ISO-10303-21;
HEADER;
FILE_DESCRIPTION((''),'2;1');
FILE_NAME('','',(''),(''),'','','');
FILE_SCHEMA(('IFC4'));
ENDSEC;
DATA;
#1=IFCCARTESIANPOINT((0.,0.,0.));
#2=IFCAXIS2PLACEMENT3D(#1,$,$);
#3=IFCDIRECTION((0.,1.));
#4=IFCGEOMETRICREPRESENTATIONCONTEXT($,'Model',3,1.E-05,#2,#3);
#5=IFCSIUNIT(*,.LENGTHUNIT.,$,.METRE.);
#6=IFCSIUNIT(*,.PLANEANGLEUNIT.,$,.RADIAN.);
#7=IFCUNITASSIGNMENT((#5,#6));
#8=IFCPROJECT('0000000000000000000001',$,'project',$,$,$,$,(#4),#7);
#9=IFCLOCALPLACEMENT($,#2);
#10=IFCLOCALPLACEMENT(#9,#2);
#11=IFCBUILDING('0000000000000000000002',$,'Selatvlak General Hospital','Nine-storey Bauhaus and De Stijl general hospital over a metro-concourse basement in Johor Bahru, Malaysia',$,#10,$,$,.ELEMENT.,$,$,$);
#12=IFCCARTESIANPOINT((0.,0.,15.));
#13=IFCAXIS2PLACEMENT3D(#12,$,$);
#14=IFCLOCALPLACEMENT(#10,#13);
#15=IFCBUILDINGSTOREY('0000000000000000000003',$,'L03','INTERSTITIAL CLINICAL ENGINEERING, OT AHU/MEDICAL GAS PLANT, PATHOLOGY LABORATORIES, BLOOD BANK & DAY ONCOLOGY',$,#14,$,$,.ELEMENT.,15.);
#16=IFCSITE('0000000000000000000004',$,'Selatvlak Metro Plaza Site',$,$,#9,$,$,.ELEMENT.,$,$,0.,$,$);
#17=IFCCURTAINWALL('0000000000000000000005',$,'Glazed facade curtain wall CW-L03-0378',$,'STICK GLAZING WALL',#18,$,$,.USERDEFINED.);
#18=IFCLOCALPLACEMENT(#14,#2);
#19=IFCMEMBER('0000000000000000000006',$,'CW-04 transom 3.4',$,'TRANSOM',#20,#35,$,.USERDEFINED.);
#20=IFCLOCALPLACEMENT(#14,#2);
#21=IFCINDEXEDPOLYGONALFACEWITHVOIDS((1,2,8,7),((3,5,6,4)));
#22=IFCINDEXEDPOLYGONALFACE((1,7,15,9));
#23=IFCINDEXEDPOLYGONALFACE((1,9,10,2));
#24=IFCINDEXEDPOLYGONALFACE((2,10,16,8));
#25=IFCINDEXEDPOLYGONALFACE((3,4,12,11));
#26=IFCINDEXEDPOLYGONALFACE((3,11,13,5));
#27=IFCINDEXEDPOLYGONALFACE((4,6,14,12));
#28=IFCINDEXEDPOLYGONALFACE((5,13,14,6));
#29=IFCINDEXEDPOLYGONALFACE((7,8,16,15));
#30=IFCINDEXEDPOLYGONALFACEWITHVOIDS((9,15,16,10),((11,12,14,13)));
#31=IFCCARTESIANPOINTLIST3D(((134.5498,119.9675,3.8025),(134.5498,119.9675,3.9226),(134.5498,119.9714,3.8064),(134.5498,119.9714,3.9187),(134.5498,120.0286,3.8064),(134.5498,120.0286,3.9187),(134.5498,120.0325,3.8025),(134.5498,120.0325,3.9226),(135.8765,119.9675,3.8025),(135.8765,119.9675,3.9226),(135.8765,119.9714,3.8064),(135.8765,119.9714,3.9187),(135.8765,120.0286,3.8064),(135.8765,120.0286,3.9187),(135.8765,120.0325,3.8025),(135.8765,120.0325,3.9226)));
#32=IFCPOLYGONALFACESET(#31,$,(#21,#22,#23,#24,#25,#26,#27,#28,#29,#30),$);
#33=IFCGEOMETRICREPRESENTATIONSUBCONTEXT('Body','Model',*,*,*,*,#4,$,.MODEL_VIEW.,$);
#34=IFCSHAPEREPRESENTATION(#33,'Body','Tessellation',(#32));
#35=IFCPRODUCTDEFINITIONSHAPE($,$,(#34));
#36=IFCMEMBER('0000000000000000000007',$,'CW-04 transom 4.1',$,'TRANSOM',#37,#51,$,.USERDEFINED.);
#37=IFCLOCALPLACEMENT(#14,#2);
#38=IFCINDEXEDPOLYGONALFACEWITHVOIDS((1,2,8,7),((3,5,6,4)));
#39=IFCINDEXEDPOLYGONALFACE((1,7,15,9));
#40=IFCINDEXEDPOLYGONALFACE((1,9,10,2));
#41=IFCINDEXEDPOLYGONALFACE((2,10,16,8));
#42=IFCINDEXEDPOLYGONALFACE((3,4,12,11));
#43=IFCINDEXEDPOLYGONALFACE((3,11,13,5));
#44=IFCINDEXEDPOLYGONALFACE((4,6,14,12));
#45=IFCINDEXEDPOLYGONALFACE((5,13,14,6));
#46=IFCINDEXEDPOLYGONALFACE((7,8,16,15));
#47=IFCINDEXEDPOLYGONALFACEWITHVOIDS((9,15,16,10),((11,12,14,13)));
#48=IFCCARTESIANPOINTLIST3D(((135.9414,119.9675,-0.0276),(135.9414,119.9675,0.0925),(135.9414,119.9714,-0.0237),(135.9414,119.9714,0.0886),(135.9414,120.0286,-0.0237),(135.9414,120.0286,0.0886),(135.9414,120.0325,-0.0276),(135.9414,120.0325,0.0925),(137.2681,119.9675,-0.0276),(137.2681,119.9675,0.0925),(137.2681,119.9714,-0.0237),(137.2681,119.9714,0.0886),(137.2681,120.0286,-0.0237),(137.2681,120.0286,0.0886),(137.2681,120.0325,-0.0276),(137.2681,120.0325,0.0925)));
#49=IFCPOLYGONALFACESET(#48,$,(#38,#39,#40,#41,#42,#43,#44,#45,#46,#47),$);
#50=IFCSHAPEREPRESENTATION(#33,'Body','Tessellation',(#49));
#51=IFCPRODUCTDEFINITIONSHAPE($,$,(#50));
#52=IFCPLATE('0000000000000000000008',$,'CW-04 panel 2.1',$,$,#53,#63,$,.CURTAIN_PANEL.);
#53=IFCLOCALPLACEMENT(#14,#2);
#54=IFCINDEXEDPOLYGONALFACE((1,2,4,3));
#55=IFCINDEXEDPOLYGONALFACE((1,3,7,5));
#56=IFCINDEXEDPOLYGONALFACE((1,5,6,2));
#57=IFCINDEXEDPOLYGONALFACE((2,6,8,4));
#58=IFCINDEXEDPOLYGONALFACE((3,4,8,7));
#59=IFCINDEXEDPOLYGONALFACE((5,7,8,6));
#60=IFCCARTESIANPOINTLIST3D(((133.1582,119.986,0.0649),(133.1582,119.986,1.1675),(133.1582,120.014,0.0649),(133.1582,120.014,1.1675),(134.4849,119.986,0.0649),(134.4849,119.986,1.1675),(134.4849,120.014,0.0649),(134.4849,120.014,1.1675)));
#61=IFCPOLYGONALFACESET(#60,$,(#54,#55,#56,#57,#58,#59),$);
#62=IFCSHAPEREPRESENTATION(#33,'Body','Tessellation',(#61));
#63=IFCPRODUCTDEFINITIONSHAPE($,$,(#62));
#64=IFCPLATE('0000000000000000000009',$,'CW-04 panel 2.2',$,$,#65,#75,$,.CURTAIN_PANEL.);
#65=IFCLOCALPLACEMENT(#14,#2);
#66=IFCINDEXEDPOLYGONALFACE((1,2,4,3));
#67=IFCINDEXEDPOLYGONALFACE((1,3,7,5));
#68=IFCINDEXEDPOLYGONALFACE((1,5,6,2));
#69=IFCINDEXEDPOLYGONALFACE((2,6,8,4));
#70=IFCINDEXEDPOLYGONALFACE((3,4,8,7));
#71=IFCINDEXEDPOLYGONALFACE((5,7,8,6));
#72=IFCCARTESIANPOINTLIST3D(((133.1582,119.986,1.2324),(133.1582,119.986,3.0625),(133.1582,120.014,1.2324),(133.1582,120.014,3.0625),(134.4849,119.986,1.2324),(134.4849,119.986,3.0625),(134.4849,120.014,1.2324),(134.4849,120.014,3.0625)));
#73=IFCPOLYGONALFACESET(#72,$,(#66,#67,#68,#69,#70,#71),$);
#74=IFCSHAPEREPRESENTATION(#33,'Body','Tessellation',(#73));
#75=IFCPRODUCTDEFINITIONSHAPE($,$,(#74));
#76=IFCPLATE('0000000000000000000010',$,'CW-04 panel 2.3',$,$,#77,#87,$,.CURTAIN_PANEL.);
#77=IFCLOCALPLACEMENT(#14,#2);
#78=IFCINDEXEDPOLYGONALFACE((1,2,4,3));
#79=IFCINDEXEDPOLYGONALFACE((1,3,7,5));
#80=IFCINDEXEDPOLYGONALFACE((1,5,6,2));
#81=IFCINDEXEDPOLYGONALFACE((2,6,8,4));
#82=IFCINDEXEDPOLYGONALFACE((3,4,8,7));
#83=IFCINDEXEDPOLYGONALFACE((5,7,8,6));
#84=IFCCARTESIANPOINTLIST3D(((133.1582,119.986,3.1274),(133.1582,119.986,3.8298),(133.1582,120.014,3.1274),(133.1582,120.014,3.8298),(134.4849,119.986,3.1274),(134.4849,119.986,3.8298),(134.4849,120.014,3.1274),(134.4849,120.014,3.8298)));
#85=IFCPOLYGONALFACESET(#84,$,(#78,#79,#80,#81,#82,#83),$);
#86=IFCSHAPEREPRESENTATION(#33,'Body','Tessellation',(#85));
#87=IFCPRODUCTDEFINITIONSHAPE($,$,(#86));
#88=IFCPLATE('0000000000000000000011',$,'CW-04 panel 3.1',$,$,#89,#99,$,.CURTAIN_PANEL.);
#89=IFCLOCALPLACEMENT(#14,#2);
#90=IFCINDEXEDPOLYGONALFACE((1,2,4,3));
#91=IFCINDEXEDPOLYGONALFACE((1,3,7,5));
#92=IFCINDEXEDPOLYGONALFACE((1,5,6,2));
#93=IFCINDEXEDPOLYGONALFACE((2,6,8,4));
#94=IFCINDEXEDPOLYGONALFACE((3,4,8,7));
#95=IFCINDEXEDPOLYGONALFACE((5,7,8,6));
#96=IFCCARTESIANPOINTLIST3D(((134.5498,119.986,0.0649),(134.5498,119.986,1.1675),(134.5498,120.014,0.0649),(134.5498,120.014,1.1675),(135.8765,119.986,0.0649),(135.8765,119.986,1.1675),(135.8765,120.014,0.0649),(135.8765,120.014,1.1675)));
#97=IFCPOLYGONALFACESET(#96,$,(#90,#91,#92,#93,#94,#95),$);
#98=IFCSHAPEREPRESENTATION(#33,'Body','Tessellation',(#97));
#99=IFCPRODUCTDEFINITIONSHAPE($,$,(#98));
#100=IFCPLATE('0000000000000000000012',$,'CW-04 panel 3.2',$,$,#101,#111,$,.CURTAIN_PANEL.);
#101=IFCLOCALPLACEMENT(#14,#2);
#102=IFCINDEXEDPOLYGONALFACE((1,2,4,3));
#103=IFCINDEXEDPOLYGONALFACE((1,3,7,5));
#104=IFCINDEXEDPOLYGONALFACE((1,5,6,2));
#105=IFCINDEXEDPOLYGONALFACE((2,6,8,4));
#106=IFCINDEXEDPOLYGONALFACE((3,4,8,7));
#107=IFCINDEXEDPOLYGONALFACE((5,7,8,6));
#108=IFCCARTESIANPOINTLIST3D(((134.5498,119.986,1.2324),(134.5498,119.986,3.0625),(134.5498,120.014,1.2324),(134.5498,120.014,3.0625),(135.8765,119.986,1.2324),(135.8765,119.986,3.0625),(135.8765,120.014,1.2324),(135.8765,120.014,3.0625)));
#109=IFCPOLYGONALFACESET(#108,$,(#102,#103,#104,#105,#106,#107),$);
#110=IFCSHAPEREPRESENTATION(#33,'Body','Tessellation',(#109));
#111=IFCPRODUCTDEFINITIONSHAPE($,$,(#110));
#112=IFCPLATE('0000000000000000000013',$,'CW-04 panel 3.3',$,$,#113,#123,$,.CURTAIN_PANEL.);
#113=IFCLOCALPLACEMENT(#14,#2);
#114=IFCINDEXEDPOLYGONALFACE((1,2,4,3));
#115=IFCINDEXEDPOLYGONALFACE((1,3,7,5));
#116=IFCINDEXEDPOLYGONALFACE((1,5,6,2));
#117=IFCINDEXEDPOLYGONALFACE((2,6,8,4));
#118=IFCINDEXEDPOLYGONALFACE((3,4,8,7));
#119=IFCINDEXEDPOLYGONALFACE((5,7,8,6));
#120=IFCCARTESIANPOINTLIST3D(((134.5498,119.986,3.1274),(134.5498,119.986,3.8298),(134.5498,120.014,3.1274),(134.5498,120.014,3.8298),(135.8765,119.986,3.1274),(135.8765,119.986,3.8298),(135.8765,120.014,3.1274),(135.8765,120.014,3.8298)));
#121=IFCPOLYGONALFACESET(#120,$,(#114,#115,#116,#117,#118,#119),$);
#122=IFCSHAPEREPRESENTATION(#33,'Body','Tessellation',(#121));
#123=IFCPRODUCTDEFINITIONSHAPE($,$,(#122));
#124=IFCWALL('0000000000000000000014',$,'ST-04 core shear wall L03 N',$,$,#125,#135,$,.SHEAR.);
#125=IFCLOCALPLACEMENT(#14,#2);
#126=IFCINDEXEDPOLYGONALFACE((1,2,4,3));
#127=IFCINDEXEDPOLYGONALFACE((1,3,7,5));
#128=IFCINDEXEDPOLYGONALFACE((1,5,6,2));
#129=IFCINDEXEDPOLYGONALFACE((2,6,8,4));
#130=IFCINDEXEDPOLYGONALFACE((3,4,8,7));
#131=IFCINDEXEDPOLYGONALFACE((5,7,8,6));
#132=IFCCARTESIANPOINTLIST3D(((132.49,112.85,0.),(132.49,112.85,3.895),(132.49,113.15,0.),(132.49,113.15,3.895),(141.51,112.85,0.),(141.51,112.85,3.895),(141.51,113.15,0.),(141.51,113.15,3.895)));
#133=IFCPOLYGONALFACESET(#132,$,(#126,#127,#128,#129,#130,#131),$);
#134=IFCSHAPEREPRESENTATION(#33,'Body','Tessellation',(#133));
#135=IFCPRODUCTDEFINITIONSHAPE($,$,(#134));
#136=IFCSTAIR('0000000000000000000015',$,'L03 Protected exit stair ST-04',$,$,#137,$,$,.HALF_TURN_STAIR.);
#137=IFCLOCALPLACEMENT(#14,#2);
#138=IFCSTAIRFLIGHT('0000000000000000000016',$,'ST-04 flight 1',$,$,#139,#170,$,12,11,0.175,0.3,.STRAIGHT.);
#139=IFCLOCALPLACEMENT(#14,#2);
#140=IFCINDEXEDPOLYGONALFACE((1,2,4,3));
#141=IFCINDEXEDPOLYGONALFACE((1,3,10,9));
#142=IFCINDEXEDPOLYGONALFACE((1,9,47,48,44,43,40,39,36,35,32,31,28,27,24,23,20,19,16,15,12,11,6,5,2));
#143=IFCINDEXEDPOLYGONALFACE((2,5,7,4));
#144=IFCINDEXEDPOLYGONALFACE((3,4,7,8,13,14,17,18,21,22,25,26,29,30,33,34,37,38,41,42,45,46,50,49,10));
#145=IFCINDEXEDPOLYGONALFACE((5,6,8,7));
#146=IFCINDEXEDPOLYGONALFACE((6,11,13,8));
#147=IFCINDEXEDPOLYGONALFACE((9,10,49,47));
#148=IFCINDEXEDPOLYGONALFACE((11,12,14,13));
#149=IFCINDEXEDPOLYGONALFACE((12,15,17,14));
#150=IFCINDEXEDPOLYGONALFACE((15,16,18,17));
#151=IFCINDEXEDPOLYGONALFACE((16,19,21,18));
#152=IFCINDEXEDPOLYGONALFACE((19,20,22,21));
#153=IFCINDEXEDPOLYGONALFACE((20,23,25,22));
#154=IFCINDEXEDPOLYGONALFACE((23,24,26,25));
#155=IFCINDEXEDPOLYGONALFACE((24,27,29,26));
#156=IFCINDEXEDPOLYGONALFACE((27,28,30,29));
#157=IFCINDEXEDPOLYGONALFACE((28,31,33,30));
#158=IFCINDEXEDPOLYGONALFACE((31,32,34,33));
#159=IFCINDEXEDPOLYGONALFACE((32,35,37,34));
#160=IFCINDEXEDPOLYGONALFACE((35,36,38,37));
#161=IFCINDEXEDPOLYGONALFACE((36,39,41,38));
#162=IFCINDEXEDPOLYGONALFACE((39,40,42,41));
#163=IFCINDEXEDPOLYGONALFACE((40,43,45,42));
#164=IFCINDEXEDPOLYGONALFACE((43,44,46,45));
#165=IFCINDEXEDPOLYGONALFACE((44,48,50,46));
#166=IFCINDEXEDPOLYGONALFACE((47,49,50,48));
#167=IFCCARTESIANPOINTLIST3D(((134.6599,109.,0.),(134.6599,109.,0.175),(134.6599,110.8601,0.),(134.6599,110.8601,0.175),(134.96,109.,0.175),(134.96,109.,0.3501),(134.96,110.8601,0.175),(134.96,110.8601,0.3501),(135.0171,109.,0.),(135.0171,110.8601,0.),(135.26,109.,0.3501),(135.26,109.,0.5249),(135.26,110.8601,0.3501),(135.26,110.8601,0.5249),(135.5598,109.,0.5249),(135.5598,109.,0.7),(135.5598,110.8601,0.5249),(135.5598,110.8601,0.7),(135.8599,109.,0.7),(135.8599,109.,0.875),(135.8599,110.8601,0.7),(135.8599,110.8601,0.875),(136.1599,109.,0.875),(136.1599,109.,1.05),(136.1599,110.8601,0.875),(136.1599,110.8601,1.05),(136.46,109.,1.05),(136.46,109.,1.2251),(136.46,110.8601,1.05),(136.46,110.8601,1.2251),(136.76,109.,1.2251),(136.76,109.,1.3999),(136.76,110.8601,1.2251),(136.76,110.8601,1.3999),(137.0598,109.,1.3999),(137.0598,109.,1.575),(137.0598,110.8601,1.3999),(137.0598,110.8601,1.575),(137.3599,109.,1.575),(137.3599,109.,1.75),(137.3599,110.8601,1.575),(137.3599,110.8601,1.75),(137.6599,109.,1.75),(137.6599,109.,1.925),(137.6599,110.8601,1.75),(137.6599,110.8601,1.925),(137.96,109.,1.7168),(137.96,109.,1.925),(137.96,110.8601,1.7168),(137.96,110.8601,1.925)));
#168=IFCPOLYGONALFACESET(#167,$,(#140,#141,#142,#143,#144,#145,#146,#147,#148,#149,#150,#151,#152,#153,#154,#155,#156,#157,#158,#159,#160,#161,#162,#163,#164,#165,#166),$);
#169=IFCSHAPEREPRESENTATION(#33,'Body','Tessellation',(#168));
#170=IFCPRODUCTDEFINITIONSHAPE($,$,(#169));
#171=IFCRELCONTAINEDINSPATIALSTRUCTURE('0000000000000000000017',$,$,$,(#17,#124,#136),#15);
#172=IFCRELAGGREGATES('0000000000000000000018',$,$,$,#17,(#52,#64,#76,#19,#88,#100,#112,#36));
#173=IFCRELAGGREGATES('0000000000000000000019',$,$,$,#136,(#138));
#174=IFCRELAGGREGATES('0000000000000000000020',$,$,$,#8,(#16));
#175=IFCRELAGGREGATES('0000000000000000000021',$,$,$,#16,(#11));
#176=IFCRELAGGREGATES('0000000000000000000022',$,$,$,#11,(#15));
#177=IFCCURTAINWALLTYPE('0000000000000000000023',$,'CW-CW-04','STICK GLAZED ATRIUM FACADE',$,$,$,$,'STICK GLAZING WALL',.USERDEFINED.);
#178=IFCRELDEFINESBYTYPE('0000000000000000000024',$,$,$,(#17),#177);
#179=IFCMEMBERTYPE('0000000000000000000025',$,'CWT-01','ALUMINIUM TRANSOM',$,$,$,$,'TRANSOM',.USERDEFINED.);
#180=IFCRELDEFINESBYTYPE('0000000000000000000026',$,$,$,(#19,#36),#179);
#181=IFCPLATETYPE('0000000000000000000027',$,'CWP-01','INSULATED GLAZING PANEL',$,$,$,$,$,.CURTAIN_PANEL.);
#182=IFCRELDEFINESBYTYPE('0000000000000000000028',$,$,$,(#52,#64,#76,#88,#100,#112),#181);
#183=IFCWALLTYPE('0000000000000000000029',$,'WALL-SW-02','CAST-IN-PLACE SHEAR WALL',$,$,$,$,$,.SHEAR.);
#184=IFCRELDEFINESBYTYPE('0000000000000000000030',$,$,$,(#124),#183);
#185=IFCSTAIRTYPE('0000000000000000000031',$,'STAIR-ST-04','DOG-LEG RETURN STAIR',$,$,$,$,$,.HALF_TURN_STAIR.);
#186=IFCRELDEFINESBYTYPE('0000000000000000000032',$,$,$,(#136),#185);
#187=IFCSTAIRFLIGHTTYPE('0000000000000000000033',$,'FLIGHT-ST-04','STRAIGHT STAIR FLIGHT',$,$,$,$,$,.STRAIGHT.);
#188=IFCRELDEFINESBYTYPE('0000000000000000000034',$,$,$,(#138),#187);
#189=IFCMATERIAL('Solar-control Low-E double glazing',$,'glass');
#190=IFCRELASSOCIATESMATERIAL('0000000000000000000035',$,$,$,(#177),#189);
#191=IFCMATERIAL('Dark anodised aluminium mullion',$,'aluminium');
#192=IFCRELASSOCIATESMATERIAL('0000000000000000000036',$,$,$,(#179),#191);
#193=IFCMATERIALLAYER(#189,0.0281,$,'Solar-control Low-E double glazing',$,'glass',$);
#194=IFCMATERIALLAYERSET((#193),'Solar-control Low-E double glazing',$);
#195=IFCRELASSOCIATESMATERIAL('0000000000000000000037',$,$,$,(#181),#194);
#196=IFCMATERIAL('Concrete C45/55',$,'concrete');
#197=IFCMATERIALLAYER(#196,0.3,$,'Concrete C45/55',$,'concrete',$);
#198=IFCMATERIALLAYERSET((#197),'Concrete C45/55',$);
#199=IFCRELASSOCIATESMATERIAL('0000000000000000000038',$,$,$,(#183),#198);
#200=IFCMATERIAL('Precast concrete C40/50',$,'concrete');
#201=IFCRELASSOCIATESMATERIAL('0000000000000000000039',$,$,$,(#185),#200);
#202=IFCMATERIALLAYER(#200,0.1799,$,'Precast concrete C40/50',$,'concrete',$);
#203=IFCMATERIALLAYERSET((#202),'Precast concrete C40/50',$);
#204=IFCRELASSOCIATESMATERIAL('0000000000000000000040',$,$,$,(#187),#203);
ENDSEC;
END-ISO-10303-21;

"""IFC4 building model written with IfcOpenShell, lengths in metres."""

from ifc_helpers import new_model, si_unit, direction, frame, frame_2d, origin, origin_2d, place, context, subcontext, project, spatial, polyline, rectangle, hollow_rectangle, outline, extrude, material, layer, layer_set, material_profile, profile_set, type_object, element, aggregate, save


model = new_model("IFC4")

# Units and contexts
model_context = context("Model", 3, precision=1e-05, world=origin(), true_north=direction((0.0, 1.0)))
body_context = subcontext(model_context, "Body", "Model", "MODEL_VIEW")
ifc_project = project(units=[si_unit("LENGTHUNIT", "METRE"), si_unit("PLANEANGLEUNIT", "RADIAN")], contexts=[model_context])

# Site, building, storey
site_placement = place(None, origin())
site = spatial("IfcSite", under=ifc_project, at=site_placement, Name="Selatvlak Metro Plaza Site", CompositionType="ELEMENT", RefElevation=0.0)
building_placement = place(site_placement, origin())
building = spatial("IfcBuilding", under=site, at=building_placement, Name="Selatvlak General Hospital", Description="Nine-storey Bauhaus and De Stijl general hospital over a metro-concourse basement in Johor Bahru, Malaysia", CompositionType="ELEMENT")
storey_placement = place(building_placement, frame((0.0, 0.0, 15.0)))
storey = spatial("IfcBuildingStorey", under=building, at=storey_placement, Name="L03", Description="INTERSTITIAL CLINICAL ENGINEERING, OT AHU/MEDICAL GAS PLANT, PATHOLOGY LABORATORIES, BLOOD BANK & DAY ONCOLOGY", CompositionType="ELEMENT", Elevation=15.0)

# Curtain wall, members, plates
ifc_material_1 = material(Name="Solar-control Low-E double glazing", Category="glass")
curtain_wall_type = type_object("IfcCurtainWallType", Name="CW-CW-04", Description="STICK GLAZED ATRIUM FACADE", ElementType="STICK GLAZING WALL", PredefinedType="USERDEFINED", material=ifc_material_1)
curtain_wall_placement = place(storey_placement, origin())
curtain_wall = element("IfcCurtainWall", 1, at=curtain_wall_placement, inside=storey, type_object=curtain_wall_type, Name="Glazed facade curtain wall CW-L03-0378", ObjectType="STICK GLAZING WALL", PredefinedType="USERDEFINED")
ifc_material_2 = material(Name="Dark anodised aluminium mullion", Category="aluminium")
ifc_material_profile_1 = material_profile(ifc_material_2, hollow_rectangle(XDim=0.0649, YDim=0.1201, WallThickness=0.0039, at=origin_2d()), Name="AL-TRN 65x120x4")
ifc_profile_set_1 = profile_set([ifc_material_profile_1], Name="Dark anodised aluminium mullion")
member_type_1 = type_object("IfcMemberType", Name="CWT-01", Description="ALUMINIUM TRANSOM", ElementType="TRANSOM", PredefinedType="USERDEFINED", material=ifc_profile_set_1)
member_1_placement = place(storey_placement, frame((134.5498, 120.0, 3.8625), z_axis=(1.0, 0.0, 0.0), x_axis=(0.0, 1.0, 0.0)))
member_1 = element("IfcMember", 2, at=member_1_placement, type_object=member_type_1, Name="CW-04 transom 3.4", ObjectType="TRANSOM", PredefinedType="USERDEFINED", context=body_context, shape_type="SweptSolid", body=[
    extrude(hollow_rectangle(XDim=0.0649, YDim=0.1201, WallThickness=0.0039, at=origin_2d()), origin(), (0.0, 0.0, 1.0), 1.3267),
])
member_2_placement = place(storey_placement, frame((135.9414, 120.0, 0.0325), z_axis=(1.0, 0.0, 0.0), x_axis=(0.0, 1.0, 0.0)))
member_2 = element("IfcMember", 3, at=member_2_placement, type_object=member_type_1, Name="CW-04 transom 4.1", ObjectType="TRANSOM", PredefinedType="USERDEFINED", context=body_context, shape_type="SweptSolid", body=[
    extrude(hollow_rectangle(XDim=0.0649, YDim=0.1201, WallThickness=0.0039, at=origin_2d()), origin(), (0.0, 0.0, 1.0), 1.3267),
])
ifc_layer_1 = layer(ifc_material_1, 0.0281, Name="Solar-control Low-E double glazing", Category="glass")
ifc_layer_set_1 = layer_set([ifc_layer_1], Name="Solar-control Low-E double glazing")
plate_type = type_object("IfcPlateType", Name="CWP-01", Description="INSULATED GLAZING PANEL", PredefinedType="CURTAIN_PANEL", material=ifc_layer_set_1)
plate_1_placement = place(storey_placement, frame((133.8215, 120.0, 0.0649), z_axis=(0.0, 0.0, 1.0), x_axis=(1.0, 0.0, 0.0)))
plate_1 = element("IfcPlate", 4, at=plate_1_placement, type_object=plate_type, Name="CW-04 panel 2.1", PredefinedType="CURTAIN_PANEL", context=body_context, shape_type="SweptSolid", body=[
    extrude(rectangle(XDim=1.3267, YDim=0.0281, at=origin_2d()), origin(), (0.0, 0.0, 1.0), 1.1025),
])
plate_2_placement = place(storey_placement, frame((133.8215, 120.0, 1.2324), z_axis=(0.0, 0.0, 1.0), x_axis=(1.0, 0.0, 0.0)))
plate_2 = element("IfcPlate", 5, at=plate_2_placement, type_object=plate_type, Name="CW-04 panel 2.2", PredefinedType="CURTAIN_PANEL", context=body_context, shape_type="SweptSolid", body=[
    extrude(rectangle(XDim=1.3267, YDim=0.0281, at=origin_2d()), origin(), (0.0, 0.0, 1.0), 1.8301),
])
plate_3_placement = place(storey_placement, frame((133.8215, 120.0, 3.1274), z_axis=(0.0, 0.0, 1.0), x_axis=(1.0, 0.0, 0.0)))
plate_3 = element("IfcPlate", 6, at=plate_3_placement, type_object=plate_type, Name="CW-04 panel 2.3", PredefinedType="CURTAIN_PANEL", context=body_context, shape_type="SweptSolid", body=[
    extrude(rectangle(XDim=1.3267, YDim=0.0281, at=origin_2d()), origin(), (0.0, 0.0, 1.0), 0.7024),
])
plate_4_placement = place(storey_placement, frame((135.2131, 120.0, 0.0649), z_axis=(0.0, 0.0, 1.0), x_axis=(1.0, 0.0, 0.0)))
plate_4 = element("IfcPlate", 7, at=plate_4_placement, type_object=plate_type, Name="CW-04 panel 3.1", PredefinedType="CURTAIN_PANEL", context=body_context, shape_type="SweptSolid", body=[
    extrude(rectangle(XDim=1.3267, YDim=0.0281, at=origin_2d()), origin(), (0.0, 0.0, 1.0), 1.1025),
])
plate_5_placement = place(storey_placement, frame((135.2131, 120.0, 1.2324), z_axis=(0.0, 0.0, 1.0), x_axis=(1.0, 0.0, 0.0)))
plate_5 = element("IfcPlate", 8, at=plate_5_placement, type_object=plate_type, Name="CW-04 panel 3.2", PredefinedType="CURTAIN_PANEL", context=body_context, shape_type="SweptSolid", body=[
    extrude(rectangle(XDim=1.3267, YDim=0.0281, at=origin_2d()), origin(), (0.0, 0.0, 1.0), 1.8301),
])
plate_6_placement = place(storey_placement, frame((135.2131, 120.0, 3.1274), z_axis=(0.0, 0.0, 1.0), x_axis=(1.0, 0.0, 0.0)))
plate_6 = element("IfcPlate", 9, at=plate_6_placement, type_object=plate_type, Name="CW-04 panel 3.3", PredefinedType="CURTAIN_PANEL", context=body_context, shape_type="SweptSolid", body=[
    extrude(rectangle(XDim=1.3267, YDim=0.0281, at=origin_2d()), origin(), (0.0, 0.0, 1.0), 0.7024),
])
aggregate(curtain_wall, [plate_1, plate_2, plate_3, member_1, plate_4, plate_5, plate_6, member_2])

# Wall
ifc_material_3 = material(Name="Concrete C45/55", Category="concrete")
ifc_layer_2 = layer(ifc_material_3, 0.3, Name="Concrete C45/55", Category="concrete")
ifc_layer_set_2 = layer_set([ifc_layer_2], Name="Concrete C45/55")
wall_type = type_object("IfcWallType", Name="WALL-SW-02", Description="CAST-IN-PLACE SHEAR WALL", PredefinedType="SHEAR", material=ifc_layer_set_2)
wall_placement = place(storey_placement, frame((141.51, 113.0, 0.0), z_axis=(0.0, 0.0, 1.0), x_axis=(-1.0, 0.0, 0.0)))
element("IfcWall", 10, at=wall_placement, inside=storey, type_object=wall_type, Name="ST-04 core shear wall L03 N", PredefinedType="SHEAR", context=body_context, shape_type="SweptSolid", body=[
    extrude(rectangle(XDim=9.02, YDim=0.3, at=frame_2d((4.51, 0.0))), origin(), (0.0, 0.0, 1.0), 3.895),
])

# Stair, stair flight
ifc_material_4 = material(Name="Precast concrete C40/50", Category="concrete")
stair_type = type_object("IfcStairType", Name="STAIR-ST-04", Description="DOG-LEG RETURN STAIR", PredefinedType="HALF_TURN_STAIR", material=ifc_material_4)
stair_placement = place(storey_placement, origin())
stair = element("IfcStair", 11, at=stair_placement, inside=storey, type_object=stair_type, Name="L03 Protected exit stair ST-04", PredefinedType="HALF_TURN_STAIR")
ifc_layer_3 = layer(ifc_material_4, 0.1799, Name="Precast concrete C40/50", Category="concrete")
ifc_layer_set_3 = layer_set([ifc_layer_3], Name="Precast concrete C40/50")
stair_flight_type = type_object("IfcStairFlightType", Name="FLIGHT-ST-04", Description="STRAIGHT STAIR FLIGHT", PredefinedType="STRAIGHT", material=ifc_layer_set_3)
stair_flight_1_placement = place(storey_placement, frame((134.6599, 109.9299, 0.0), z_axis=(0.0, 0.0, 1.0), x_axis=(1.0, 0.0, 0.0)))
stair_flight_1 = element("IfcStairFlight", 12, at=stair_flight_1_placement, type_object=stair_flight_type, Name="ST-04 flight 1", NumberOfRisers=12, NumberOfTreads=11, PredefinedType="STRAIGHT", RiserHeight=0.175, TreadLength=0.3, context=body_context, shape_type="SweptSolid", body=[
    extrude(outline(polyline([(0.0, 0.0), (0.0, 0.175), (0.3, 0.175), (0.3, 0.3501), (0.6001, 0.3501), (0.6001, 0.5249), (0.8999, 0.5249), (0.8999, 0.7), (1.2, 0.7), (1.2, 0.875), (1.5, 0.875), (1.5, 1.05), (1.8, 1.05), (1.8, 1.2251), (2.1001, 1.2251), (2.1001, 1.3999), (2.3999, 1.3999), (2.3999, 1.575), (2.7, 1.575), (2.7, 1.75), (3.0, 1.75), (3.0, 1.925), (3.3, 1.925), (3.3, 2.1001), (3.3, 1.7168), (0.3572, 0.0), (0.0, 0.0)])), frame((0.0, 0.9302, 0.0), z_axis=(0.0, -1.0, 0.0), x_axis=(1.0, 0.0, 0.0)), (0.0, 0.0, 1.0), 1.8601),
])
aggregate(stair, [stair_flight_1])

save(model, "model.ifc")
